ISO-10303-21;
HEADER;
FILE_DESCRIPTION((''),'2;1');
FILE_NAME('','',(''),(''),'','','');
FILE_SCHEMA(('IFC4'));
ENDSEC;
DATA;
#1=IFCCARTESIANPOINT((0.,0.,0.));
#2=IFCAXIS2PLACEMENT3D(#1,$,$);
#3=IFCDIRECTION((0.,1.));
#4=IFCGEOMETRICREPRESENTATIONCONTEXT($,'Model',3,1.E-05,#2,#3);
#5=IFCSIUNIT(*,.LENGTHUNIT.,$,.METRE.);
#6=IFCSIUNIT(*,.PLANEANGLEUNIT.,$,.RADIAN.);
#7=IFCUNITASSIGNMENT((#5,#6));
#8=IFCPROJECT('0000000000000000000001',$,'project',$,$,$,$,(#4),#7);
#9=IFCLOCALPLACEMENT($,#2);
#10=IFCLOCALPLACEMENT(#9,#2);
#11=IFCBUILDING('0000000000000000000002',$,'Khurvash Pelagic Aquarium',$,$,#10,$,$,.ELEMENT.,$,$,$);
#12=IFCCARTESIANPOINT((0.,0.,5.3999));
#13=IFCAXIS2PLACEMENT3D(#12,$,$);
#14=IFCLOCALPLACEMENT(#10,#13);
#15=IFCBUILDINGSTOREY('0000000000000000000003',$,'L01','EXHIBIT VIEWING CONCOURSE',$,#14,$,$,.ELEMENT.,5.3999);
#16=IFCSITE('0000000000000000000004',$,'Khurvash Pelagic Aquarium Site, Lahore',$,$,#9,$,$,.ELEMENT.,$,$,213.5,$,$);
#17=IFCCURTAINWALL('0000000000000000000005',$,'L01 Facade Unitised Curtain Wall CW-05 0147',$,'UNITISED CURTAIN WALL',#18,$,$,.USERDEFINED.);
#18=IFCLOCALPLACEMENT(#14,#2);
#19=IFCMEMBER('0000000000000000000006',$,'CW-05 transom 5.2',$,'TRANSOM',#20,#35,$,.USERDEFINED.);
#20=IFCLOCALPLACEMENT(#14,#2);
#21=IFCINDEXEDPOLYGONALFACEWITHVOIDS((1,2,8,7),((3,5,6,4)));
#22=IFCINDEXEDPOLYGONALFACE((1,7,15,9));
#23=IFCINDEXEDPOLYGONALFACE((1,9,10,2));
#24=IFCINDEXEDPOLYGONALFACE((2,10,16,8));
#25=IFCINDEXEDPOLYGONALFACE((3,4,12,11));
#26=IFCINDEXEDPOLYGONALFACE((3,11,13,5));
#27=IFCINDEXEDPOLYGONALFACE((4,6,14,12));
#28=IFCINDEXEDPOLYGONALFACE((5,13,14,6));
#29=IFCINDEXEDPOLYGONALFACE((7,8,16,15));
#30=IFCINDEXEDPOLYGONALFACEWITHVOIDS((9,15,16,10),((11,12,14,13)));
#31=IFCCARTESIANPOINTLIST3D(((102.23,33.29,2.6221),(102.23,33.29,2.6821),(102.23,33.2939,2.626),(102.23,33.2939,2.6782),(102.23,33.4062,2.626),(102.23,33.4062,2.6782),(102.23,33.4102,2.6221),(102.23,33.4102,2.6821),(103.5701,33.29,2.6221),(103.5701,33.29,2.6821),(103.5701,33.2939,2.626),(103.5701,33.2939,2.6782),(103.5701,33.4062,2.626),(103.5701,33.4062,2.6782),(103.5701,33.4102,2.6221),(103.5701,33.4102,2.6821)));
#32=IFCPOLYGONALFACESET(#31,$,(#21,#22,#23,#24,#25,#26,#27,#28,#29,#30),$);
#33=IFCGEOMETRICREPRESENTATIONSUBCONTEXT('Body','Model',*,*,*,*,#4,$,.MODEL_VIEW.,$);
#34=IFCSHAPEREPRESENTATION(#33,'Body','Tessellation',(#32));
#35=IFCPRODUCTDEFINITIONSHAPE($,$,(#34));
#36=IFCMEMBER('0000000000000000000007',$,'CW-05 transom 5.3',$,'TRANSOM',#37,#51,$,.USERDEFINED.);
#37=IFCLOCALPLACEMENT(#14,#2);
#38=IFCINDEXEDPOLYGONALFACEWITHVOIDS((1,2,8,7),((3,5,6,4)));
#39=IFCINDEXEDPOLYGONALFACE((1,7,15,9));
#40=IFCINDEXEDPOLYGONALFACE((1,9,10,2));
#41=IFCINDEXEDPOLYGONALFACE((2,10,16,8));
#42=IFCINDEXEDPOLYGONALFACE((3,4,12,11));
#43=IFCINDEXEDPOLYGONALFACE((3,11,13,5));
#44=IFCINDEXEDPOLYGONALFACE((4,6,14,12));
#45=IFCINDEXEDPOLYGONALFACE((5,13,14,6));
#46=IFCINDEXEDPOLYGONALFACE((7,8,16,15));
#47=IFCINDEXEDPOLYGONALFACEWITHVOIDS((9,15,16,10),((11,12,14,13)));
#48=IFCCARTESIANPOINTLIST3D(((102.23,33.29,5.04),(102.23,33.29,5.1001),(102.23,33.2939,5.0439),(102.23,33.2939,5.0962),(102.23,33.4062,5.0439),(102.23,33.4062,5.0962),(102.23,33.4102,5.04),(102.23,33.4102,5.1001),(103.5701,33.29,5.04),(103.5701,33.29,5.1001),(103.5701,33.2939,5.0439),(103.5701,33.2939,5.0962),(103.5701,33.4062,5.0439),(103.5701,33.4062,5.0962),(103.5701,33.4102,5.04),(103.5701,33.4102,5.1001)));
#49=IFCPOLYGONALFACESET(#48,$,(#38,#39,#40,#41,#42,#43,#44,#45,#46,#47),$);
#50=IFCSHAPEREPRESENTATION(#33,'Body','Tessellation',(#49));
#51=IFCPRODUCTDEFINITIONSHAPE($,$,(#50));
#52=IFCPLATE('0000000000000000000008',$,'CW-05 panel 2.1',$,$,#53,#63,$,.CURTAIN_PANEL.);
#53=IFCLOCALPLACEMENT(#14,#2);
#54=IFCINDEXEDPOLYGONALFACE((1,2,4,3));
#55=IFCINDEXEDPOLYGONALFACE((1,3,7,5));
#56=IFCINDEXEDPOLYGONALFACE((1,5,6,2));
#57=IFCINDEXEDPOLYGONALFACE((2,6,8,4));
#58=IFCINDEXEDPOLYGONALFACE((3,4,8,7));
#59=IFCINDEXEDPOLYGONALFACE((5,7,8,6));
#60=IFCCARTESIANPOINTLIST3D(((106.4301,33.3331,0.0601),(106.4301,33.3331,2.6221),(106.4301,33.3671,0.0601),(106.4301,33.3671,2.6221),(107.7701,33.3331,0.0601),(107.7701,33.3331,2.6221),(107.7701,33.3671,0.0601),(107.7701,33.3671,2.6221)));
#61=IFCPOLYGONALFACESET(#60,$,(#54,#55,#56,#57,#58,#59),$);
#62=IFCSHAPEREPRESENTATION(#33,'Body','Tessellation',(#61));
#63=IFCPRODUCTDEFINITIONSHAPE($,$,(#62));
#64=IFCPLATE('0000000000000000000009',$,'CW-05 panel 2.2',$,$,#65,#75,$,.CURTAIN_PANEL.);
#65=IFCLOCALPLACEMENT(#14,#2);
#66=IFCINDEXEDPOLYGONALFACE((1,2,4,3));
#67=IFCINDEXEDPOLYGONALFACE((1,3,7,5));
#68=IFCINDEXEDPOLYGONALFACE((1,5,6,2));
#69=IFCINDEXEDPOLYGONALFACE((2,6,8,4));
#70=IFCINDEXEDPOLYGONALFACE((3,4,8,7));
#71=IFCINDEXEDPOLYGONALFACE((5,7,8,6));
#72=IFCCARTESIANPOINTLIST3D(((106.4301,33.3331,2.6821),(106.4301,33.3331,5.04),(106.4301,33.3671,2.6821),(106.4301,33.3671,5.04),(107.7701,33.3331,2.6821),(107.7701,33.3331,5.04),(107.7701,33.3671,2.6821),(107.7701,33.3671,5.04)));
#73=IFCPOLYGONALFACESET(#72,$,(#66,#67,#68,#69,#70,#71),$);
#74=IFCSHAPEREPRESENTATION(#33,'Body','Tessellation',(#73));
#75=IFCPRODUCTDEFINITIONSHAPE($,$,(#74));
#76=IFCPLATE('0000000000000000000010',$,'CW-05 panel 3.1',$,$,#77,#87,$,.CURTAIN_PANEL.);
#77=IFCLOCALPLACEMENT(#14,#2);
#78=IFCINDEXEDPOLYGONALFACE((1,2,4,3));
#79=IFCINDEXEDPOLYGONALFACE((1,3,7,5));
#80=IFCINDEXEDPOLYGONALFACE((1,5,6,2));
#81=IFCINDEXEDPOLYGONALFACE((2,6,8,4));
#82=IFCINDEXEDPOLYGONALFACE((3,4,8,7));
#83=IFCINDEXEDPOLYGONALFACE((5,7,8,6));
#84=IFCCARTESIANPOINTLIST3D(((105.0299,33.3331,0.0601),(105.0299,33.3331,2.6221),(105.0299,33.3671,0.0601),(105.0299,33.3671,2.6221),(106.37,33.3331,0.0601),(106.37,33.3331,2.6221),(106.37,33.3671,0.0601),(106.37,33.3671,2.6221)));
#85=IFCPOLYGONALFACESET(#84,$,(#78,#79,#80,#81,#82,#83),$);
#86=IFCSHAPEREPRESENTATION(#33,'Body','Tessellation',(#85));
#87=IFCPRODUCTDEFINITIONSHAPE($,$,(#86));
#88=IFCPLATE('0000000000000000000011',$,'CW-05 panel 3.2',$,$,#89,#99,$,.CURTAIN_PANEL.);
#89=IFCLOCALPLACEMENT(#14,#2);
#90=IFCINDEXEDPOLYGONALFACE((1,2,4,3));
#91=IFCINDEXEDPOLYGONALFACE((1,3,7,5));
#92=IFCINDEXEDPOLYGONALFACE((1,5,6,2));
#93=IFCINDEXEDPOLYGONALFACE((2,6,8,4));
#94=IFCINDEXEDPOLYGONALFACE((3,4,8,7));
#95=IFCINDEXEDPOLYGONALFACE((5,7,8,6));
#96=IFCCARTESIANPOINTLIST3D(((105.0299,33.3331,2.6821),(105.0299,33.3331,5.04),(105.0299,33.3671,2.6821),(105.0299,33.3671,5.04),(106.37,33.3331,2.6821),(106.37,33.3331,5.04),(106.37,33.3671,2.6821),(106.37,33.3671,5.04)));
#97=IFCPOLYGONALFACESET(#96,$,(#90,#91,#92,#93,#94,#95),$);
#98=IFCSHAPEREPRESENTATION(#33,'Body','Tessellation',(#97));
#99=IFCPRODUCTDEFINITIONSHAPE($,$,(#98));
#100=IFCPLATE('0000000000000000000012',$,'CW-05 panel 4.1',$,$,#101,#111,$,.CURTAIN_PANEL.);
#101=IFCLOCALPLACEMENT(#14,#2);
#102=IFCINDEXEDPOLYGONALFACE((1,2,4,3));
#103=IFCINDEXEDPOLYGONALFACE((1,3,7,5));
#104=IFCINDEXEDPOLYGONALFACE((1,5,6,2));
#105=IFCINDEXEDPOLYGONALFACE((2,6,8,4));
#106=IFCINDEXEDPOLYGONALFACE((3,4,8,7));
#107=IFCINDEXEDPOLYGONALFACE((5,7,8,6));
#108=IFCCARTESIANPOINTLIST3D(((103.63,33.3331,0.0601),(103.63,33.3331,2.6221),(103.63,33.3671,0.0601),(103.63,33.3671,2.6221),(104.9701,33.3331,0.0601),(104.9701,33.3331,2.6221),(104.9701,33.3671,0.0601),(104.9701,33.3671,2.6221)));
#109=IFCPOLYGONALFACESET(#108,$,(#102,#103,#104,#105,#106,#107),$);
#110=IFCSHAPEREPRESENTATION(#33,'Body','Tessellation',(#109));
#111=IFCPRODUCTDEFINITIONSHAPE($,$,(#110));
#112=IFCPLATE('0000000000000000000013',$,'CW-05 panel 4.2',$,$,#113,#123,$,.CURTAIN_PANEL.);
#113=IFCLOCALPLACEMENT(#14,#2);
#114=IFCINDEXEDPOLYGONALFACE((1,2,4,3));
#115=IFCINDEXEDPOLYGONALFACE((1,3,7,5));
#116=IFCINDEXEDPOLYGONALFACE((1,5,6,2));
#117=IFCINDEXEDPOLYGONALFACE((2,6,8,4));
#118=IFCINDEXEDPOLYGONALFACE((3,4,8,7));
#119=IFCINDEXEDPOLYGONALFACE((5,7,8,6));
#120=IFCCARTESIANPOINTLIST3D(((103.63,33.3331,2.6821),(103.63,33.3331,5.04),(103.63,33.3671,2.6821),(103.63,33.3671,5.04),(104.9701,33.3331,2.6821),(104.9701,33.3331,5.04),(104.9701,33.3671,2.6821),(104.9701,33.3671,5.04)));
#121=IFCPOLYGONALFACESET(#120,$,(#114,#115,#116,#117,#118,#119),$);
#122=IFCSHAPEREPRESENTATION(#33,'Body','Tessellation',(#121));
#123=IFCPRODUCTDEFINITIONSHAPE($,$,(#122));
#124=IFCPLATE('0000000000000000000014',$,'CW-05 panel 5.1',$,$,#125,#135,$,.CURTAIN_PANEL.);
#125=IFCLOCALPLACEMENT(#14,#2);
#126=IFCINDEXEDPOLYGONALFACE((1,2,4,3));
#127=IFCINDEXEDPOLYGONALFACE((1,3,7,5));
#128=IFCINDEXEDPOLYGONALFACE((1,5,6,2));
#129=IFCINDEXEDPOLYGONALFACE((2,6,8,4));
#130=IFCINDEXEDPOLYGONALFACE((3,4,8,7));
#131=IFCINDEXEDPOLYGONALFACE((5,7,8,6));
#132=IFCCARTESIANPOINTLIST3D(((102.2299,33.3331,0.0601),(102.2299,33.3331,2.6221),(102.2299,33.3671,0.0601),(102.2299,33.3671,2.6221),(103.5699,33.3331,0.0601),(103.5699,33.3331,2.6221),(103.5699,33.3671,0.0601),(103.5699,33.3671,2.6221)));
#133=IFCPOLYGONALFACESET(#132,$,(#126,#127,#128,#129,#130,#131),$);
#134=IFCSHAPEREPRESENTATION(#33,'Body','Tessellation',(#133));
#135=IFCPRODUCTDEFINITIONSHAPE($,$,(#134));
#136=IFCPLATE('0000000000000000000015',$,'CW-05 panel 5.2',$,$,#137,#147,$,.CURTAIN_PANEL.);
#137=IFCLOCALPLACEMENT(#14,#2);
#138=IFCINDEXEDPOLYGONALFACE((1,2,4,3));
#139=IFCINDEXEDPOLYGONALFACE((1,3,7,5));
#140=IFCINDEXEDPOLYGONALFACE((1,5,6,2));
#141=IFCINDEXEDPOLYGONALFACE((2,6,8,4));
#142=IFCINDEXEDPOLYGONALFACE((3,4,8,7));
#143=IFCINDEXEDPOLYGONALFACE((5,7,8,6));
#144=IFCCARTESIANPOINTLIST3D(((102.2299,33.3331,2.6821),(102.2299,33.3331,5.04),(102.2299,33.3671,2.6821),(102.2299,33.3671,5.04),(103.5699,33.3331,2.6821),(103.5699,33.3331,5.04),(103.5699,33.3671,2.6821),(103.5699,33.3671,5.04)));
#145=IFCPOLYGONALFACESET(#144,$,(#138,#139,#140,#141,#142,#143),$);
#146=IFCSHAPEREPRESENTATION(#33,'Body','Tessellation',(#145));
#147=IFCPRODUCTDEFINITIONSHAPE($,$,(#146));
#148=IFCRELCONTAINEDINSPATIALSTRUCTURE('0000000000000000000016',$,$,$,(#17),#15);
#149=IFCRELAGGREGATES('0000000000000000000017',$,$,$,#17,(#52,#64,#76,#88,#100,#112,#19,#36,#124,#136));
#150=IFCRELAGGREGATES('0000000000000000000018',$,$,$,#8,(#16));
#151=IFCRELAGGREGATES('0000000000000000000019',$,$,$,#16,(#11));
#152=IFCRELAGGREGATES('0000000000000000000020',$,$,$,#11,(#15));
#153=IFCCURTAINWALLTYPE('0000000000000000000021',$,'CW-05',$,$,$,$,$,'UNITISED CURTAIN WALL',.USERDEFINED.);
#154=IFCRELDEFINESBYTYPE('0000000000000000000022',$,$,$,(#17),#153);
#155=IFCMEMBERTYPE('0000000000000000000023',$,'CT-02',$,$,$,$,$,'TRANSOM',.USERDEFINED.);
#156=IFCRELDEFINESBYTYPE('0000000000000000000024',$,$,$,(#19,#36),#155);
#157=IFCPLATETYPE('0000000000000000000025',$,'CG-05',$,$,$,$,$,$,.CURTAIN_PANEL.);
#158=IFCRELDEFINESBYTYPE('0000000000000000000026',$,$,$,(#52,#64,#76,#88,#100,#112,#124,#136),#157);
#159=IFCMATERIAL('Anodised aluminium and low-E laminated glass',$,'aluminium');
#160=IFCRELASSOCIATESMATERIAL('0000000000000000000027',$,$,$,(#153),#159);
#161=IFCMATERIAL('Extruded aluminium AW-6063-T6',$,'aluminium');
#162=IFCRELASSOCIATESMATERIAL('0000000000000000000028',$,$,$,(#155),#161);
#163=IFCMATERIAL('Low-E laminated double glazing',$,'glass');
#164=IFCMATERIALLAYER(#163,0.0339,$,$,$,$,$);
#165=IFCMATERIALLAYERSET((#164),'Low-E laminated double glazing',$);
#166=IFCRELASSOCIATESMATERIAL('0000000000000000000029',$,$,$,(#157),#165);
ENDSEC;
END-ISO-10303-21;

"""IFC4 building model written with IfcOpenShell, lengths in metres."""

from ifc_helpers import new_model, si_unit, direction, frame, origin, origin_2d, place, context, subcontext, project, spatial, rectangle, hollow_rectangle, extrude, material, layer, layer_set, material_profile, profile_set, type_object, element, aggregate, save


model = new_model("IFC4")

# Units and contexts
model_context = context("Model", 3, precision=1e-05, world=origin(), true_north=direction((0.0, 1.0)))
body_context = subcontext(model_context, "Body", "Model", "MODEL_VIEW")
ifc_project = project(units=[si_unit("LENGTHUNIT", "METRE"), si_unit("PLANEANGLEUNIT", "RADIAN")], contexts=[model_context])

# Site, building, storey
site_placement = place(None, origin())
site = spatial("IfcSite", under=ifc_project, at=site_placement, Name="Khurvash Pelagic Aquarium Site, Lahore", CompositionType="ELEMENT", RefElevation=213.5)
building_placement = place(site_placement, origin())
building = spatial("IfcBuilding", under=site, at=building_placement, Name="Khurvash Pelagic Aquarium", CompositionType="ELEMENT")
storey_placement = place(building_placement, frame((0.0, 0.0, 5.3999)))
storey = spatial("IfcBuildingStorey", under=building, at=storey_placement, Name="L01", Description="EXHIBIT VIEWING CONCOURSE", CompositionType="ELEMENT", Elevation=5.3999)

# Curtain wall, members, plates
ifc_material_1 = material(Name="Anodised aluminium and low-E laminated glass", Category="aluminium")
curtain_wall_type = type_object("IfcCurtainWallType", Name="CW-05", ElementType="UNITISED CURTAIN WALL", PredefinedType="USERDEFINED", material=ifc_material_1)
curtain_wall_placement = place(storey_placement, origin())
curtain_wall = element("IfcCurtainWall", 1, at=curtain_wall_placement, inside=storey, type_object=curtain_wall_type, Name="L01 Facade Unitised Curtain Wall CW-05 0147", ObjectType="UNITISED CURTAIN WALL", PredefinedType="USERDEFINED")
ifc_material_2 = material(Name="Extruded aluminium AW-6063-T6", Category="aluminium")
ifc_material_profile_1 = material_profile(ifc_material_2, hollow_rectangle(XDim=0.1201, YDim=0.0601, WallThickness=0.0039, at=origin_2d()), Name="CWT120X60X4")
ifc_profile_set_1 = profile_set([ifc_material_profile_1], Name="Extruded aluminium AW-6063-T6")
member_type_1 = type_object("IfcMemberType", Name="CT-02", ElementType="TRANSOM", PredefinedType="USERDEFINED", material=ifc_profile_set_1)
member_1_placement = place(storey_placement, frame((103.5701, 33.3501, 2.6521), z_axis=(-1.0, 0.0, 0.0), x_axis=(0.0, -1.0, 0.0)))
member_1 = element("IfcMember", 2, at=member_1_placement, type_object=member_type_1, Name="CW-05 transom 5.2", ObjectType="TRANSOM", PredefinedType="USERDEFINED", context=body_context, shape_type="SweptSolid", body=[
    extrude(hollow_rectangle(XDim=0.1201, YDim=0.0601, WallThickness=0.0039, at=origin_2d()), origin(), (0.0, 0.0, 1.0), 1.3401),
])
member_2_placement = place(storey_placement, frame((103.5701, 33.3501, 5.0701), z_axis=(-1.0, 0.0, 0.0), x_axis=(0.0, -1.0, 0.0)))
member_2 = element("IfcMember", 3, at=member_2_placement, type_object=member_type_1, Name="CW-05 transom 5.3", ObjectType="TRANSOM", PredefinedType="USERDEFINED", context=body_context, shape_type="SweptSolid", body=[
    extrude(hollow_rectangle(XDim=0.1201, YDim=0.0601, WallThickness=0.0039, at=origin_2d()), origin(), (0.0, 0.0, 1.0), 1.3401),
])
ifc_material_3 = material(Name="Low-E laminated double glazing", Category="glass")
ifc_layer = layer(ifc_material_3, 0.0339)
ifc_layer_set = layer_set([ifc_layer], Name="Low-E laminated double glazing")
plate_type = type_object("IfcPlateType", Name="CG-05", PredefinedType="CURTAIN_PANEL", material=ifc_layer_set)
plate_1_placement = place(storey_placement, frame((107.1001, 33.3501, 0.0601), z_axis=(0.0, 0.0, 1.0), x_axis=(-1.0, 0.0, 0.0)))
plate_1 = element("IfcPlate", 4, at=plate_1_placement, type_object=plate_type, Name="CW-05 panel 2.1", PredefinedType="CURTAIN_PANEL", context=body_context, shape_type="SweptSolid", body=[
    extrude(rectangle(XDim=1.3401, YDim=0.0339, at=origin_2d()), origin(), (0.0, 0.0, 1.0), 2.562),
])
plate_2_placement = place(storey_placement, frame((107.1001, 33.3501, 2.6821), z_axis=(0.0, 0.0, 1.0), x_axis=(-1.0, 0.0, 0.0)))
plate_2 = element("IfcPlate", 5, at=plate_2_placement, type_object=plate_type, Name="CW-05 panel 2.2", PredefinedType="CURTAIN_PANEL", context=body_context, shape_type="SweptSolid", body=[
    extrude(rectangle(XDim=1.3401, YDim=0.0339, at=origin_2d()), origin(), (0.0, 0.0, 1.0), 2.3579),
])
plate_3_placement = place(storey_placement, frame((105.7, 33.3501, 0.0601), z_axis=(0.0, 0.0, 1.0), x_axis=(-1.0, 0.0, 0.0)))
plate_3 = element("IfcPlate", 6, at=plate_3_placement, type_object=plate_type, Name="CW-05 panel 3.1", PredefinedType="CURTAIN_PANEL", context=body_context, shape_type="SweptSolid", body=[
    extrude(rectangle(XDim=1.3401, YDim=0.0339, at=origin_2d()), origin(), (0.0, 0.0, 1.0), 2.562),
])
plate_4_placement = place(storey_placement, frame((105.7, 33.3501, 2.6821), z_axis=(0.0, 0.0, 1.0), x_axis=(-1.0, 0.0, 0.0)))
plate_4 = element("IfcPlate", 7, at=plate_4_placement, type_object=plate_type, Name="CW-05 panel 3.2", PredefinedType="CURTAIN_PANEL", context=body_context, shape_type="SweptSolid", body=[
    extrude(rectangle(XDim=1.3401, YDim=0.0339, at=origin_2d()), origin(), (0.0, 0.0, 1.0), 2.3579),
])
plate_5_placement = place(storey_placement, frame((104.3, 33.3501, 0.0601), z_axis=(0.0, 0.0, 1.0), x_axis=(-1.0, 0.0, 0.0)))
plate_5 = element("IfcPlate", 8, at=plate_5_placement, type_object=plate_type, Name="CW-05 panel 4.1", PredefinedType="CURTAIN_PANEL", context=body_context, shape_type="SweptSolid", body=[
    extrude(rectangle(XDim=1.3401, YDim=0.0339, at=origin_2d()), origin(), (0.0, 0.0, 1.0), 2.562),
])
plate_6_placement = place(storey_placement, frame((104.3, 33.3501, 2.6821), z_axis=(0.0, 0.0, 1.0), x_axis=(-1.0, 0.0, 0.0)))
plate_6 = element("IfcPlate", 9, at=plate_6_placement, type_object=plate_type, Name="CW-05 panel 4.2", PredefinedType="CURTAIN_PANEL", context=body_context, shape_type="SweptSolid", body=[
    extrude(rectangle(XDim=1.3401, YDim=0.0339, at=origin_2d()), origin(), (0.0, 0.0, 1.0), 2.3579),
])
plate_7_placement = place(storey_placement, frame((102.8999, 33.3501, 0.0601), z_axis=(0.0, 0.0, 1.0), x_axis=(-1.0, 0.0, 0.0)))
plate_7 = element("IfcPlate", 10, at=plate_7_placement, type_object=plate_type, Name="CW-05 panel 5.1", PredefinedType="CURTAIN_PANEL", context=body_context, shape_type="SweptSolid", body=[
    extrude(rectangle(XDim=1.3401, YDim=0.0339, at=origin_2d()), origin(), (0.0, 0.0, 1.0), 2.562),
])
plate_8_placement = place(storey_placement, frame((102.8999, 33.3501, 2.6821), z_axis=(0.0, 0.0, 1.0), x_axis=(-1.0, 0.0, 0.0)))
plate_8 = element("IfcPlate", 11, at=plate_8_placement, type_object=plate_type, Name="CW-05 panel 5.2", PredefinedType="CURTAIN_PANEL", context=body_context, shape_type="SweptSolid", body=[
    extrude(rectangle(XDim=1.3401, YDim=0.0339, at=origin_2d()), origin(), (0.0, 0.0, 1.0), 2.3579),
])
aggregate(curtain_wall, [plate_1, plate_2, plate_3, plate_4, plate_5, plate_6, member_1, member_2, plate_7, plate_8])

save(model, "model.ifc")
